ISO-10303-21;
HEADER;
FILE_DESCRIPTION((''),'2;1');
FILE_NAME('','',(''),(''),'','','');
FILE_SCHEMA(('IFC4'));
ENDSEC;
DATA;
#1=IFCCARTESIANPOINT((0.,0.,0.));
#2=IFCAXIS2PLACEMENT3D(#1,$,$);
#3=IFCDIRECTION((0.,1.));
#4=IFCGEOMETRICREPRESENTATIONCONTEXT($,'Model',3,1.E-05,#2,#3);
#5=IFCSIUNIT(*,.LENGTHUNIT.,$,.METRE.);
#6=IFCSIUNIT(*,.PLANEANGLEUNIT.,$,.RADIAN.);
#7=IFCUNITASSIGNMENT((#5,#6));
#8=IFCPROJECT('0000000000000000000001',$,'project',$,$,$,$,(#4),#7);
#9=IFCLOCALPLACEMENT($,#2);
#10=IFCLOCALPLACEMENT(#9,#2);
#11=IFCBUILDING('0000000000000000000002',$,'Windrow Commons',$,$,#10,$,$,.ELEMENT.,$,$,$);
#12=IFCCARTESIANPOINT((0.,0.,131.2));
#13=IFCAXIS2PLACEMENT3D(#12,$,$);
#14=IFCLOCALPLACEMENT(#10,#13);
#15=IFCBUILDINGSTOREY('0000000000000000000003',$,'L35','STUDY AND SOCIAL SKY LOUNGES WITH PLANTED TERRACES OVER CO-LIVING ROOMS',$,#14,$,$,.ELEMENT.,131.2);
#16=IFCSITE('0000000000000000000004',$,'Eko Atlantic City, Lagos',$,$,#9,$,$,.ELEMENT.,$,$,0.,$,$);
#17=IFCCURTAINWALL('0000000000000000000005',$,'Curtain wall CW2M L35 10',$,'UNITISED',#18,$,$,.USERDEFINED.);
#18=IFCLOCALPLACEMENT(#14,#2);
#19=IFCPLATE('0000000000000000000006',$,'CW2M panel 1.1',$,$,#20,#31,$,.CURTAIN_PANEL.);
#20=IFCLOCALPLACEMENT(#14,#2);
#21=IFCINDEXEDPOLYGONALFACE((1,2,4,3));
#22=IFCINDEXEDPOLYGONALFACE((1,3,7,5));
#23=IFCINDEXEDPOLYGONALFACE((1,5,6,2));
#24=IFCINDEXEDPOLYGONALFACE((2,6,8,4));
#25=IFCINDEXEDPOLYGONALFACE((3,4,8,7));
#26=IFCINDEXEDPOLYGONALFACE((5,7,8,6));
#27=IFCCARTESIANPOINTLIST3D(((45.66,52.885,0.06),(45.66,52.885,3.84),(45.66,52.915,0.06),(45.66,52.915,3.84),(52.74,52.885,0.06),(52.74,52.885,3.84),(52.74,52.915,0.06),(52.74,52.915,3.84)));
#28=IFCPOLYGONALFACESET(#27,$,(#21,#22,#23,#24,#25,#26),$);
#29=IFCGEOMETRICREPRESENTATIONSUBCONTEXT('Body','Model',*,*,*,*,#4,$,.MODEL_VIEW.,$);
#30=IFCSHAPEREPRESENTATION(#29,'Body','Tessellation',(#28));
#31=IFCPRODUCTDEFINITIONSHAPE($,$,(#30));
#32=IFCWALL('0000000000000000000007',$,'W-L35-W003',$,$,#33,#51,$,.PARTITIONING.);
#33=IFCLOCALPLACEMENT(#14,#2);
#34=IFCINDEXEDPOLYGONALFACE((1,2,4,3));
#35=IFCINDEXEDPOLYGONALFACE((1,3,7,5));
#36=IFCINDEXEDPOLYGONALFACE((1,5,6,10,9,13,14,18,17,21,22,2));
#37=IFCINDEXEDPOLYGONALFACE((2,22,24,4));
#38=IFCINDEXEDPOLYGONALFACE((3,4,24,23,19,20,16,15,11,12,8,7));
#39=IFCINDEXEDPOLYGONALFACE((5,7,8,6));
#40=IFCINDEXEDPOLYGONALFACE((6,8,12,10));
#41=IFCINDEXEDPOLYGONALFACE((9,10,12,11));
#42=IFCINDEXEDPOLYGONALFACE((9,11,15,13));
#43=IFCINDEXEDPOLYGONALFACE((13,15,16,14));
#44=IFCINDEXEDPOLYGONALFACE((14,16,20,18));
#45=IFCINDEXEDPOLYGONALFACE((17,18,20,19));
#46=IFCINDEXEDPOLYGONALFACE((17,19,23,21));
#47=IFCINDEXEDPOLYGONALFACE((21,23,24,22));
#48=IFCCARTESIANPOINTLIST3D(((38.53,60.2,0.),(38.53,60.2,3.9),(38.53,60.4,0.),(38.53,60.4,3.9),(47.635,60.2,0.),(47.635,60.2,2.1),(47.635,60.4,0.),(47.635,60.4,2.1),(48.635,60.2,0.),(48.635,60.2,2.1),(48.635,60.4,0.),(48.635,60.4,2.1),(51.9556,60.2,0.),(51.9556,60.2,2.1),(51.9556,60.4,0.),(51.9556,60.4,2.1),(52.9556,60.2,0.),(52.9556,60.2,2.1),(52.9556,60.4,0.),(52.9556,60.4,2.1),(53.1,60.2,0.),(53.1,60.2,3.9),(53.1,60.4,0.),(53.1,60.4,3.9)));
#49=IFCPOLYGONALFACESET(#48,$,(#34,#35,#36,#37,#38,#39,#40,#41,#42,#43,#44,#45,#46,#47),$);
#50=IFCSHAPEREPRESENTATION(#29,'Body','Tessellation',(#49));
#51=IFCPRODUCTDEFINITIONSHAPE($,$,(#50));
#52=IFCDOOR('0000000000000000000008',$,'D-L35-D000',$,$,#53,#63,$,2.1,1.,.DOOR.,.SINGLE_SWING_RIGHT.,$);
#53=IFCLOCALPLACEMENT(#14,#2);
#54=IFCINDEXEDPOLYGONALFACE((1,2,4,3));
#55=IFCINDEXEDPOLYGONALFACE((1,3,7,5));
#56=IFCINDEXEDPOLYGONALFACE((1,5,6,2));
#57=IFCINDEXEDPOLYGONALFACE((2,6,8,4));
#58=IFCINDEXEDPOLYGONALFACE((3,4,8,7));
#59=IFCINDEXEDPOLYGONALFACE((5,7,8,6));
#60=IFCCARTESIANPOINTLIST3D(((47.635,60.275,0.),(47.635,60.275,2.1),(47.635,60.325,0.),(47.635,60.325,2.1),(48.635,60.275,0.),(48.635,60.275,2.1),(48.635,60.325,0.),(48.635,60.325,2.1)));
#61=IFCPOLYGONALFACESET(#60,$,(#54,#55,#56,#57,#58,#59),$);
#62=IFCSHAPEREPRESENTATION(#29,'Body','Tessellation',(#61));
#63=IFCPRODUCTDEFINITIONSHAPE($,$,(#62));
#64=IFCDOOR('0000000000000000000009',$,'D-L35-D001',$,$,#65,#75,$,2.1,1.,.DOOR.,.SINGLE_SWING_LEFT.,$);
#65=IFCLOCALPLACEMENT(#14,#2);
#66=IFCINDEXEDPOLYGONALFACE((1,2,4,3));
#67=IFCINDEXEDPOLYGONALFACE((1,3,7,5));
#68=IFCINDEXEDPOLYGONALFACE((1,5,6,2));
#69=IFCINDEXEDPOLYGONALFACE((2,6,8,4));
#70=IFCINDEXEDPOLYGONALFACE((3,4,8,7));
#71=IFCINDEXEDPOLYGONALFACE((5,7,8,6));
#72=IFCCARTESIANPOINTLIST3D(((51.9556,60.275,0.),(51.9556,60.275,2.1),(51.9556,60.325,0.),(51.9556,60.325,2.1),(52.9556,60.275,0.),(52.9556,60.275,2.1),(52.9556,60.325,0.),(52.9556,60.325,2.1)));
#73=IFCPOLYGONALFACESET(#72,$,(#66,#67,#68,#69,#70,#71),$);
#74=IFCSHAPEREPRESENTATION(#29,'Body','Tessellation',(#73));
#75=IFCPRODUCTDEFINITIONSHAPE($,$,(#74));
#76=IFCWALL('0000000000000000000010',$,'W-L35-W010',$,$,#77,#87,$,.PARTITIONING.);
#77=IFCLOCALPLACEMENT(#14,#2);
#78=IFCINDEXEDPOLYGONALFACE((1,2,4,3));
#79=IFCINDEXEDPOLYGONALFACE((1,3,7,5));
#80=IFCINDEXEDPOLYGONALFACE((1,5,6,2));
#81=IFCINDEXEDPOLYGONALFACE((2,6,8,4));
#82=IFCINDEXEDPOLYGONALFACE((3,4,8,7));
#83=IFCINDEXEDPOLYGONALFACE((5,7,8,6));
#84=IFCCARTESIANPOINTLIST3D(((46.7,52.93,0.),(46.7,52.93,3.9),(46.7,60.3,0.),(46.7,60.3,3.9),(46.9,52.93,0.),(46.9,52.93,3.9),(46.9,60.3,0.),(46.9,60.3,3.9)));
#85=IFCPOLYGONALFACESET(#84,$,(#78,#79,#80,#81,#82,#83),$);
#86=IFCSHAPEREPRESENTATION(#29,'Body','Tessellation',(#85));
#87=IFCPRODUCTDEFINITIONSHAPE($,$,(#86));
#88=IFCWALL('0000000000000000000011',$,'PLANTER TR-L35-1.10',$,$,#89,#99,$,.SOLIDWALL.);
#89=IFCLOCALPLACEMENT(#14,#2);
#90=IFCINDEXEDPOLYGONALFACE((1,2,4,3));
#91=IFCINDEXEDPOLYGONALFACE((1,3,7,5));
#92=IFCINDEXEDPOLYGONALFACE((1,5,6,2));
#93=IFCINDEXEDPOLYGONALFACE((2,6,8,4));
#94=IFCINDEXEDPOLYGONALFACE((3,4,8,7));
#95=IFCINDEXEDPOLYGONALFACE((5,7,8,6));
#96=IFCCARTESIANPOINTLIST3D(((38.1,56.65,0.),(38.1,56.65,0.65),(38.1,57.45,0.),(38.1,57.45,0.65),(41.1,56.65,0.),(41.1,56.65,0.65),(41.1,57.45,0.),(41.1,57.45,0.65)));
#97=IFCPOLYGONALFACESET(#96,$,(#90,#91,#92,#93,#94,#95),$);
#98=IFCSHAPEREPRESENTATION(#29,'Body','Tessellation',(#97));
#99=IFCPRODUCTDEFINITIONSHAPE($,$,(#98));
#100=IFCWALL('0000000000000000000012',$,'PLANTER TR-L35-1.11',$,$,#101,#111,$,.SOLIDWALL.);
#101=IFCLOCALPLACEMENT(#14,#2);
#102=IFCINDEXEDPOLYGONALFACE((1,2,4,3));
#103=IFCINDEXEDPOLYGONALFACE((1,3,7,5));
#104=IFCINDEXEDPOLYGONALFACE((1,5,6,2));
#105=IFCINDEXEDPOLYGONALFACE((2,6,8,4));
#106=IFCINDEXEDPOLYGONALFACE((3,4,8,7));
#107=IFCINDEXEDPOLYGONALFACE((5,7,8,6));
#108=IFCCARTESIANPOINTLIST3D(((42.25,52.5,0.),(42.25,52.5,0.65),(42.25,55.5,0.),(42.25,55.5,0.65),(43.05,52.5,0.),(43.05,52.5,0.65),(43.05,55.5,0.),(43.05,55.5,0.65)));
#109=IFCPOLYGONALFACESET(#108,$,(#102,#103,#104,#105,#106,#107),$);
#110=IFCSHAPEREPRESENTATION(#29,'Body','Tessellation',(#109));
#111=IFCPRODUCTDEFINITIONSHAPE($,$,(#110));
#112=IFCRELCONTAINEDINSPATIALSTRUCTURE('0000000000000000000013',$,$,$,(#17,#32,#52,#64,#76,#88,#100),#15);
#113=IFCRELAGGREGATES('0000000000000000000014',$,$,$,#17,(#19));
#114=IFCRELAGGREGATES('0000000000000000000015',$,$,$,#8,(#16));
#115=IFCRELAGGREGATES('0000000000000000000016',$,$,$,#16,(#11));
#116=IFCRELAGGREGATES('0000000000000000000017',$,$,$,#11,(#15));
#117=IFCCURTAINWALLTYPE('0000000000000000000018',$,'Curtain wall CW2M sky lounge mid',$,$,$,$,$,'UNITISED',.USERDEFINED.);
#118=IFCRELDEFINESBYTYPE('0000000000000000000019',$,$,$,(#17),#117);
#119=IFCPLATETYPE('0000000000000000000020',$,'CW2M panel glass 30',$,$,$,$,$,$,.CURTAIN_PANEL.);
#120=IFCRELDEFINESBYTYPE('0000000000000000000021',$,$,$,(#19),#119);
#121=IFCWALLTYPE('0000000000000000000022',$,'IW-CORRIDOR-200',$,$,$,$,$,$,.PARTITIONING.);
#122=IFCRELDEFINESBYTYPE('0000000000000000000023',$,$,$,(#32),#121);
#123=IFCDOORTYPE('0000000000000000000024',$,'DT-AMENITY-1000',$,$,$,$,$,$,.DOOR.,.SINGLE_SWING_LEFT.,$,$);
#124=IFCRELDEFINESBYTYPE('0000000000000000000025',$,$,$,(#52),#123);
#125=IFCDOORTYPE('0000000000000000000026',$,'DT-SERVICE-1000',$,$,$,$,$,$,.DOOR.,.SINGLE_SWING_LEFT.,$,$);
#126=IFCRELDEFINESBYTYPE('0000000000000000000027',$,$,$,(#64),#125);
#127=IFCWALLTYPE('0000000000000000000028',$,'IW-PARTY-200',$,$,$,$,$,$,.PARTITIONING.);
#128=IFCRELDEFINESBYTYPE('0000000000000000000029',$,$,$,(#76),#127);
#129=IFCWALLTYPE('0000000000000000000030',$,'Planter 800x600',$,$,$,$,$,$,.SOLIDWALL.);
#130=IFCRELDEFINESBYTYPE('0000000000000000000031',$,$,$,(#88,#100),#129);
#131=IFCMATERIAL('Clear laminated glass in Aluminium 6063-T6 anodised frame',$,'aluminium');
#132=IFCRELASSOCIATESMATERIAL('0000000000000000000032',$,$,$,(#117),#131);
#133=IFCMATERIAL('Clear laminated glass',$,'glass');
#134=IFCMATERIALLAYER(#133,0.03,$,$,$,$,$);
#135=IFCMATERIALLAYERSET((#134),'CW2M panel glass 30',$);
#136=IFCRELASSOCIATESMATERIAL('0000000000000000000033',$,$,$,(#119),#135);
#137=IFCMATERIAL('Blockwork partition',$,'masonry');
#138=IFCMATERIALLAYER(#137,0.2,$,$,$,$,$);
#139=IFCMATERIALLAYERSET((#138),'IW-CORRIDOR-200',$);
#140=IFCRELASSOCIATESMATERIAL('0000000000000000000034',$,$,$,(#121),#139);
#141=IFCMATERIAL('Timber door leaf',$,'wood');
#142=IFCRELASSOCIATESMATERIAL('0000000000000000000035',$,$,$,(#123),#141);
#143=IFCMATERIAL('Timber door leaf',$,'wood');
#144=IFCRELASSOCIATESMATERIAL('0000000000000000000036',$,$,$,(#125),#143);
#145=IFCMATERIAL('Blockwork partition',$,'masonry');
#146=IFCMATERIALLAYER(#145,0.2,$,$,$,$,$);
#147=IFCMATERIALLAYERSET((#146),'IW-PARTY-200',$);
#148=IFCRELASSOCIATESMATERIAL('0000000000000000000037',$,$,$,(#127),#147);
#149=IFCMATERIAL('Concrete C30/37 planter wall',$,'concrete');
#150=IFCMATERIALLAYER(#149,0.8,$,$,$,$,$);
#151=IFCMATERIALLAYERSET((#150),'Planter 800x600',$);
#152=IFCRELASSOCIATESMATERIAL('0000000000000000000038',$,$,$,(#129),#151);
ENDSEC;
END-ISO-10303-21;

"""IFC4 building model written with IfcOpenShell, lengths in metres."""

from ifc_helpers import new_model, si_unit, direction, frame, frame_2d, origin, origin_2d, place, context, subcontext, project, spatial, rectangle, extrude, material, layer, layer_set, type_object, element, fill, aggregate, save


model = new_model("IFC4")

# Units and contexts
model_context = context("Model", 3, precision=1e-05, world=origin(), true_north=direction((0.0, 1.0)))
body_context = subcontext(model_context, "Body", "Model", "MODEL_VIEW")
ifc_project = project(units=[si_unit("LENGTHUNIT", "METRE"), si_unit("PLANEANGLEUNIT", "RADIAN")], contexts=[model_context])

# Site, building, storey
site_placement = place(None, origin())
site = spatial("IfcSite", under=ifc_project, at=site_placement, Name="Eko Atlantic City, Lagos", CompositionType="ELEMENT", RefElevation=0.0)
building_placement = place(site_placement, origin())
building = spatial("IfcBuilding", under=site, at=building_placement, Name="Windrow Commons", CompositionType="ELEMENT")
storey_placement = place(building_placement, frame((0.0, 0.0, 131.2)))
storey = spatial("IfcBuildingStorey", under=building, at=storey_placement, Name="L35", Description="STUDY AND SOCIAL SKY LOUNGES WITH PLANTED TERRACES OVER CO-LIVING ROOMS", CompositionType="ELEMENT", Elevation=131.2)

# Shared definitions
ifc_material_1 = material(Name="Clear laminated glass in Aluminium 6063-T6 anodised frame", Category="aluminium")
curtain_wall_type = type_object("IfcCurtainWallType", Name="Curtain wall CW2M sky lounge mid", ElementType="UNITISED", PredefinedType="USERDEFINED", material=ifc_material_1)
placement = place(storey_placement, origin())

# Curtain wall
curtain_wall_1 = element("IfcCurtainWall", 1, at=placement, inside=storey, type_object=curtain_wall_type, Name="Curtain wall CW2M L35 10", ObjectType="UNITISED", PredefinedType="USERDEFINED")

# Plate
ifc_material_2 = material(Name="Clear laminated glass", Category="glass")
ifc_layer_1 = layer(ifc_material_2, 0.03)
ifc_layer_set_1 = layer_set([ifc_layer_1], Name="CW2M panel glass 30")
plate_type = type_object("IfcPlateType", Name="CW2M panel glass 30", PredefinedType="CURTAIN_PANEL", material=ifc_layer_set_1)
plate_1_placement = place(storey_placement, frame((49.2, 52.9, 0.06), z_axis=(0.0, 0.0, 1.0), x_axis=(1.0, 0.0, 0.0)))
plate_1 = element("IfcPlate", 2, at=plate_1_placement, type_object=plate_type, Name="CW2M panel 1.1", PredefinedType="CURTAIN_PANEL", context=body_context, shape_type="SweptSolid", body=[
    extrude(rectangle(XDim=7.08, YDim=0.03, at=origin_2d()), origin(), (0.0, 0.0, 1.0), 3.78),
])
aggregate(curtain_wall_1, [plate_1])

# Wall, openings, doors
ifc_material_3 = material(Name="Blockwork partition", Category="masonry")
ifc_layer_2 = layer(ifc_material_3, 0.2)
ifc_layer_set_2 = layer_set([ifc_layer_2], Name="IW-CORRIDOR-200")
wall_type_1 = type_object("IfcWallType", Name="IW-CORRIDOR-200", PredefinedType="PARTITIONING", material=ifc_layer_set_2)
wall_1_placement = place(storey_placement, frame((38.53, 60.3, 0.0), z_axis=(0.0, 0.0, 1.0), x_axis=(1.0, 0.0, 0.0)))
wall_1 = element("IfcWall", 3, at=wall_1_placement, inside=storey, type_object=wall_type_1, Name="W-L35-W003", PredefinedType="PARTITIONING", context=body_context, shape_type="SweptSolid", body=[
    extrude(rectangle(XDim=14.57, YDim=0.2, at=frame_2d((7.285, 0.0))), origin(), (0.0, 0.0, 1.0), 3.9),
])
opening_1_placement = place(wall_1_placement, frame((9.105, 0.0, 0.0)))
opening_1 = element("IfcOpeningElement", 4, at=opening_1_placement, cuts=wall_1, PredefinedType="OPENING", context=body_context, shape_type="SweptSolid", body=[
    extrude(rectangle(XDim=1.0, YDim=2.1, at=frame_2d((0.5, 1.05))), frame((0.0, 0.11, 0.0), z_axis=(0.0, -1.0, 0.0), x_axis=(1.0, 0.0, 0.0)), (0.0, 0.0, 1.0), 0.22),
])
opening_2_placement = place(wall_1_placement, frame((13.4256, 0.0, 0.0)))
opening_2 = element("IfcOpeningElement", 5, at=opening_2_placement, cuts=wall_1, PredefinedType="OPENING", context=body_context, shape_type="SweptSolid", body=[
    extrude(rectangle(XDim=1.0, YDim=2.1, at=frame_2d((0.5, 1.05))), frame((0.0, 0.11, 0.0), z_axis=(0.0, -1.0, 0.0), x_axis=(1.0, 0.0, 0.0)), (0.0, 0.0, 1.0), 0.22),
])
ifc_material_4 = material(Name="Timber door leaf", Category="wood")
door_type_1 = type_object("IfcDoorType", Name="DT-AMENITY-1000", OperationType="SINGLE_SWING_LEFT", PredefinedType="DOOR", material=ifc_material_4)
door_1_placement = place(opening_1_placement, origin())
door_1 = element("IfcDoor", 6, at=door_1_placement, inside=storey, type_object=door_type_1, Name="D-L35-D000", OperationType="SINGLE_SWING_RIGHT", OverallHeight=2.1, OverallWidth=1.0, PredefinedType="DOOR", context=body_context, shape_type="SweptSolid", body=[
    extrude(rectangle(XDim=1.0, YDim=2.1, at=frame_2d((0.5, 1.05))), frame((0.0, 0.025, 0.0), z_axis=(0.0, -1.0, 0.0), x_axis=(1.0, 0.0, 0.0)), (0.0, 0.0, 1.0), 0.05),
])
fill(opening_1, door_1)
ifc_material_5 = material(Name="Timber door leaf", Category="wood")
door_type_2 = type_object("IfcDoorType", Name="DT-SERVICE-1000", OperationType="SINGLE_SWING_LEFT", PredefinedType="DOOR", material=ifc_material_5)
door_2_placement = place(opening_2_placement, origin())
door_2 = element("IfcDoor", 7, at=door_2_placement, inside=storey, type_object=door_type_2, Name="D-L35-D001", OperationType="SINGLE_SWING_LEFT", OverallHeight=2.1, OverallWidth=1.0, PredefinedType="DOOR", context=body_context, shape_type="SweptSolid", body=[
    extrude(rectangle(XDim=1.0, YDim=2.1, at=frame_2d((0.5, 1.05))), frame((0.0, 0.025, 0.0), z_axis=(0.0, -1.0, 0.0), x_axis=(1.0, 0.0, 0.0)), (0.0, 0.0, 1.0), 0.05),
])
fill(opening_2, door_2)

# Walls
ifc_material_6 = material(Name="Blockwork partition", Category="masonry")
ifc_layer_3 = layer(ifc_material_6, 0.2)
ifc_layer_set_3 = layer_set([ifc_layer_3], Name="IW-PARTY-200")
wall_type_2 = type_object("IfcWallType", Name="IW-PARTY-200", PredefinedType="PARTITIONING", material=ifc_layer_set_3)
wall_2_placement = place(storey_placement, frame((46.8, 52.93, 0.0), z_axis=(0.0, 0.0, 1.0), x_axis=(0.0, 1.0, 0.0)))
element("IfcWall", 8, at=wall_2_placement, inside=storey, type_object=wall_type_2, Name="W-L35-W010", PredefinedType="PARTITIONING", context=body_context, shape_type="SweptSolid", body=[
    extrude(rectangle(XDim=7.37, YDim=0.2, at=frame_2d((3.685, 0.0))), origin(), (0.0, 0.0, 1.0), 3.9),
])
ifc_material_7 = material(Name="Concrete C30/37 planter wall", Category="concrete")
ifc_layer_4 = layer(ifc_material_7, 0.8)
ifc_layer_set_4 = layer_set([ifc_layer_4], Name="Planter 800x600")
wall_type_3 = type_object("IfcWallType", Name="Planter 800x600", PredefinedType="SOLIDWALL", material=ifc_layer_set_4)
for number, where, z_axis, x_axis, name in (
    (9, (38.1, 57.05, 0.0), (0.0, 0.0, 1.0), (1.0, 0.0, 0.0), "PLANTER TR-L35-1.10"),
    (10, (42.65, 55.5, 0.0), (0.0, 0.0, 1.0), (0.0, -1.0, 0.0), "PLANTER TR-L35-1.11"),
):
    element("IfcWall", number, at=place(storey_placement, frame(where, z_axis=z_axis, x_axis=x_axis)), inside=storey, type_object=wall_type_3, Name=name, PredefinedType="SOLIDWALL", context=body_context, shape_type="SweptSolid", body=[
        extrude(rectangle(XDim=3.0, YDim=0.8, at=frame_2d((1.5, 0.0))), origin(), (0.0, 0.0, 1.0), 0.65),
    ])

save(model, "model.ifc")
